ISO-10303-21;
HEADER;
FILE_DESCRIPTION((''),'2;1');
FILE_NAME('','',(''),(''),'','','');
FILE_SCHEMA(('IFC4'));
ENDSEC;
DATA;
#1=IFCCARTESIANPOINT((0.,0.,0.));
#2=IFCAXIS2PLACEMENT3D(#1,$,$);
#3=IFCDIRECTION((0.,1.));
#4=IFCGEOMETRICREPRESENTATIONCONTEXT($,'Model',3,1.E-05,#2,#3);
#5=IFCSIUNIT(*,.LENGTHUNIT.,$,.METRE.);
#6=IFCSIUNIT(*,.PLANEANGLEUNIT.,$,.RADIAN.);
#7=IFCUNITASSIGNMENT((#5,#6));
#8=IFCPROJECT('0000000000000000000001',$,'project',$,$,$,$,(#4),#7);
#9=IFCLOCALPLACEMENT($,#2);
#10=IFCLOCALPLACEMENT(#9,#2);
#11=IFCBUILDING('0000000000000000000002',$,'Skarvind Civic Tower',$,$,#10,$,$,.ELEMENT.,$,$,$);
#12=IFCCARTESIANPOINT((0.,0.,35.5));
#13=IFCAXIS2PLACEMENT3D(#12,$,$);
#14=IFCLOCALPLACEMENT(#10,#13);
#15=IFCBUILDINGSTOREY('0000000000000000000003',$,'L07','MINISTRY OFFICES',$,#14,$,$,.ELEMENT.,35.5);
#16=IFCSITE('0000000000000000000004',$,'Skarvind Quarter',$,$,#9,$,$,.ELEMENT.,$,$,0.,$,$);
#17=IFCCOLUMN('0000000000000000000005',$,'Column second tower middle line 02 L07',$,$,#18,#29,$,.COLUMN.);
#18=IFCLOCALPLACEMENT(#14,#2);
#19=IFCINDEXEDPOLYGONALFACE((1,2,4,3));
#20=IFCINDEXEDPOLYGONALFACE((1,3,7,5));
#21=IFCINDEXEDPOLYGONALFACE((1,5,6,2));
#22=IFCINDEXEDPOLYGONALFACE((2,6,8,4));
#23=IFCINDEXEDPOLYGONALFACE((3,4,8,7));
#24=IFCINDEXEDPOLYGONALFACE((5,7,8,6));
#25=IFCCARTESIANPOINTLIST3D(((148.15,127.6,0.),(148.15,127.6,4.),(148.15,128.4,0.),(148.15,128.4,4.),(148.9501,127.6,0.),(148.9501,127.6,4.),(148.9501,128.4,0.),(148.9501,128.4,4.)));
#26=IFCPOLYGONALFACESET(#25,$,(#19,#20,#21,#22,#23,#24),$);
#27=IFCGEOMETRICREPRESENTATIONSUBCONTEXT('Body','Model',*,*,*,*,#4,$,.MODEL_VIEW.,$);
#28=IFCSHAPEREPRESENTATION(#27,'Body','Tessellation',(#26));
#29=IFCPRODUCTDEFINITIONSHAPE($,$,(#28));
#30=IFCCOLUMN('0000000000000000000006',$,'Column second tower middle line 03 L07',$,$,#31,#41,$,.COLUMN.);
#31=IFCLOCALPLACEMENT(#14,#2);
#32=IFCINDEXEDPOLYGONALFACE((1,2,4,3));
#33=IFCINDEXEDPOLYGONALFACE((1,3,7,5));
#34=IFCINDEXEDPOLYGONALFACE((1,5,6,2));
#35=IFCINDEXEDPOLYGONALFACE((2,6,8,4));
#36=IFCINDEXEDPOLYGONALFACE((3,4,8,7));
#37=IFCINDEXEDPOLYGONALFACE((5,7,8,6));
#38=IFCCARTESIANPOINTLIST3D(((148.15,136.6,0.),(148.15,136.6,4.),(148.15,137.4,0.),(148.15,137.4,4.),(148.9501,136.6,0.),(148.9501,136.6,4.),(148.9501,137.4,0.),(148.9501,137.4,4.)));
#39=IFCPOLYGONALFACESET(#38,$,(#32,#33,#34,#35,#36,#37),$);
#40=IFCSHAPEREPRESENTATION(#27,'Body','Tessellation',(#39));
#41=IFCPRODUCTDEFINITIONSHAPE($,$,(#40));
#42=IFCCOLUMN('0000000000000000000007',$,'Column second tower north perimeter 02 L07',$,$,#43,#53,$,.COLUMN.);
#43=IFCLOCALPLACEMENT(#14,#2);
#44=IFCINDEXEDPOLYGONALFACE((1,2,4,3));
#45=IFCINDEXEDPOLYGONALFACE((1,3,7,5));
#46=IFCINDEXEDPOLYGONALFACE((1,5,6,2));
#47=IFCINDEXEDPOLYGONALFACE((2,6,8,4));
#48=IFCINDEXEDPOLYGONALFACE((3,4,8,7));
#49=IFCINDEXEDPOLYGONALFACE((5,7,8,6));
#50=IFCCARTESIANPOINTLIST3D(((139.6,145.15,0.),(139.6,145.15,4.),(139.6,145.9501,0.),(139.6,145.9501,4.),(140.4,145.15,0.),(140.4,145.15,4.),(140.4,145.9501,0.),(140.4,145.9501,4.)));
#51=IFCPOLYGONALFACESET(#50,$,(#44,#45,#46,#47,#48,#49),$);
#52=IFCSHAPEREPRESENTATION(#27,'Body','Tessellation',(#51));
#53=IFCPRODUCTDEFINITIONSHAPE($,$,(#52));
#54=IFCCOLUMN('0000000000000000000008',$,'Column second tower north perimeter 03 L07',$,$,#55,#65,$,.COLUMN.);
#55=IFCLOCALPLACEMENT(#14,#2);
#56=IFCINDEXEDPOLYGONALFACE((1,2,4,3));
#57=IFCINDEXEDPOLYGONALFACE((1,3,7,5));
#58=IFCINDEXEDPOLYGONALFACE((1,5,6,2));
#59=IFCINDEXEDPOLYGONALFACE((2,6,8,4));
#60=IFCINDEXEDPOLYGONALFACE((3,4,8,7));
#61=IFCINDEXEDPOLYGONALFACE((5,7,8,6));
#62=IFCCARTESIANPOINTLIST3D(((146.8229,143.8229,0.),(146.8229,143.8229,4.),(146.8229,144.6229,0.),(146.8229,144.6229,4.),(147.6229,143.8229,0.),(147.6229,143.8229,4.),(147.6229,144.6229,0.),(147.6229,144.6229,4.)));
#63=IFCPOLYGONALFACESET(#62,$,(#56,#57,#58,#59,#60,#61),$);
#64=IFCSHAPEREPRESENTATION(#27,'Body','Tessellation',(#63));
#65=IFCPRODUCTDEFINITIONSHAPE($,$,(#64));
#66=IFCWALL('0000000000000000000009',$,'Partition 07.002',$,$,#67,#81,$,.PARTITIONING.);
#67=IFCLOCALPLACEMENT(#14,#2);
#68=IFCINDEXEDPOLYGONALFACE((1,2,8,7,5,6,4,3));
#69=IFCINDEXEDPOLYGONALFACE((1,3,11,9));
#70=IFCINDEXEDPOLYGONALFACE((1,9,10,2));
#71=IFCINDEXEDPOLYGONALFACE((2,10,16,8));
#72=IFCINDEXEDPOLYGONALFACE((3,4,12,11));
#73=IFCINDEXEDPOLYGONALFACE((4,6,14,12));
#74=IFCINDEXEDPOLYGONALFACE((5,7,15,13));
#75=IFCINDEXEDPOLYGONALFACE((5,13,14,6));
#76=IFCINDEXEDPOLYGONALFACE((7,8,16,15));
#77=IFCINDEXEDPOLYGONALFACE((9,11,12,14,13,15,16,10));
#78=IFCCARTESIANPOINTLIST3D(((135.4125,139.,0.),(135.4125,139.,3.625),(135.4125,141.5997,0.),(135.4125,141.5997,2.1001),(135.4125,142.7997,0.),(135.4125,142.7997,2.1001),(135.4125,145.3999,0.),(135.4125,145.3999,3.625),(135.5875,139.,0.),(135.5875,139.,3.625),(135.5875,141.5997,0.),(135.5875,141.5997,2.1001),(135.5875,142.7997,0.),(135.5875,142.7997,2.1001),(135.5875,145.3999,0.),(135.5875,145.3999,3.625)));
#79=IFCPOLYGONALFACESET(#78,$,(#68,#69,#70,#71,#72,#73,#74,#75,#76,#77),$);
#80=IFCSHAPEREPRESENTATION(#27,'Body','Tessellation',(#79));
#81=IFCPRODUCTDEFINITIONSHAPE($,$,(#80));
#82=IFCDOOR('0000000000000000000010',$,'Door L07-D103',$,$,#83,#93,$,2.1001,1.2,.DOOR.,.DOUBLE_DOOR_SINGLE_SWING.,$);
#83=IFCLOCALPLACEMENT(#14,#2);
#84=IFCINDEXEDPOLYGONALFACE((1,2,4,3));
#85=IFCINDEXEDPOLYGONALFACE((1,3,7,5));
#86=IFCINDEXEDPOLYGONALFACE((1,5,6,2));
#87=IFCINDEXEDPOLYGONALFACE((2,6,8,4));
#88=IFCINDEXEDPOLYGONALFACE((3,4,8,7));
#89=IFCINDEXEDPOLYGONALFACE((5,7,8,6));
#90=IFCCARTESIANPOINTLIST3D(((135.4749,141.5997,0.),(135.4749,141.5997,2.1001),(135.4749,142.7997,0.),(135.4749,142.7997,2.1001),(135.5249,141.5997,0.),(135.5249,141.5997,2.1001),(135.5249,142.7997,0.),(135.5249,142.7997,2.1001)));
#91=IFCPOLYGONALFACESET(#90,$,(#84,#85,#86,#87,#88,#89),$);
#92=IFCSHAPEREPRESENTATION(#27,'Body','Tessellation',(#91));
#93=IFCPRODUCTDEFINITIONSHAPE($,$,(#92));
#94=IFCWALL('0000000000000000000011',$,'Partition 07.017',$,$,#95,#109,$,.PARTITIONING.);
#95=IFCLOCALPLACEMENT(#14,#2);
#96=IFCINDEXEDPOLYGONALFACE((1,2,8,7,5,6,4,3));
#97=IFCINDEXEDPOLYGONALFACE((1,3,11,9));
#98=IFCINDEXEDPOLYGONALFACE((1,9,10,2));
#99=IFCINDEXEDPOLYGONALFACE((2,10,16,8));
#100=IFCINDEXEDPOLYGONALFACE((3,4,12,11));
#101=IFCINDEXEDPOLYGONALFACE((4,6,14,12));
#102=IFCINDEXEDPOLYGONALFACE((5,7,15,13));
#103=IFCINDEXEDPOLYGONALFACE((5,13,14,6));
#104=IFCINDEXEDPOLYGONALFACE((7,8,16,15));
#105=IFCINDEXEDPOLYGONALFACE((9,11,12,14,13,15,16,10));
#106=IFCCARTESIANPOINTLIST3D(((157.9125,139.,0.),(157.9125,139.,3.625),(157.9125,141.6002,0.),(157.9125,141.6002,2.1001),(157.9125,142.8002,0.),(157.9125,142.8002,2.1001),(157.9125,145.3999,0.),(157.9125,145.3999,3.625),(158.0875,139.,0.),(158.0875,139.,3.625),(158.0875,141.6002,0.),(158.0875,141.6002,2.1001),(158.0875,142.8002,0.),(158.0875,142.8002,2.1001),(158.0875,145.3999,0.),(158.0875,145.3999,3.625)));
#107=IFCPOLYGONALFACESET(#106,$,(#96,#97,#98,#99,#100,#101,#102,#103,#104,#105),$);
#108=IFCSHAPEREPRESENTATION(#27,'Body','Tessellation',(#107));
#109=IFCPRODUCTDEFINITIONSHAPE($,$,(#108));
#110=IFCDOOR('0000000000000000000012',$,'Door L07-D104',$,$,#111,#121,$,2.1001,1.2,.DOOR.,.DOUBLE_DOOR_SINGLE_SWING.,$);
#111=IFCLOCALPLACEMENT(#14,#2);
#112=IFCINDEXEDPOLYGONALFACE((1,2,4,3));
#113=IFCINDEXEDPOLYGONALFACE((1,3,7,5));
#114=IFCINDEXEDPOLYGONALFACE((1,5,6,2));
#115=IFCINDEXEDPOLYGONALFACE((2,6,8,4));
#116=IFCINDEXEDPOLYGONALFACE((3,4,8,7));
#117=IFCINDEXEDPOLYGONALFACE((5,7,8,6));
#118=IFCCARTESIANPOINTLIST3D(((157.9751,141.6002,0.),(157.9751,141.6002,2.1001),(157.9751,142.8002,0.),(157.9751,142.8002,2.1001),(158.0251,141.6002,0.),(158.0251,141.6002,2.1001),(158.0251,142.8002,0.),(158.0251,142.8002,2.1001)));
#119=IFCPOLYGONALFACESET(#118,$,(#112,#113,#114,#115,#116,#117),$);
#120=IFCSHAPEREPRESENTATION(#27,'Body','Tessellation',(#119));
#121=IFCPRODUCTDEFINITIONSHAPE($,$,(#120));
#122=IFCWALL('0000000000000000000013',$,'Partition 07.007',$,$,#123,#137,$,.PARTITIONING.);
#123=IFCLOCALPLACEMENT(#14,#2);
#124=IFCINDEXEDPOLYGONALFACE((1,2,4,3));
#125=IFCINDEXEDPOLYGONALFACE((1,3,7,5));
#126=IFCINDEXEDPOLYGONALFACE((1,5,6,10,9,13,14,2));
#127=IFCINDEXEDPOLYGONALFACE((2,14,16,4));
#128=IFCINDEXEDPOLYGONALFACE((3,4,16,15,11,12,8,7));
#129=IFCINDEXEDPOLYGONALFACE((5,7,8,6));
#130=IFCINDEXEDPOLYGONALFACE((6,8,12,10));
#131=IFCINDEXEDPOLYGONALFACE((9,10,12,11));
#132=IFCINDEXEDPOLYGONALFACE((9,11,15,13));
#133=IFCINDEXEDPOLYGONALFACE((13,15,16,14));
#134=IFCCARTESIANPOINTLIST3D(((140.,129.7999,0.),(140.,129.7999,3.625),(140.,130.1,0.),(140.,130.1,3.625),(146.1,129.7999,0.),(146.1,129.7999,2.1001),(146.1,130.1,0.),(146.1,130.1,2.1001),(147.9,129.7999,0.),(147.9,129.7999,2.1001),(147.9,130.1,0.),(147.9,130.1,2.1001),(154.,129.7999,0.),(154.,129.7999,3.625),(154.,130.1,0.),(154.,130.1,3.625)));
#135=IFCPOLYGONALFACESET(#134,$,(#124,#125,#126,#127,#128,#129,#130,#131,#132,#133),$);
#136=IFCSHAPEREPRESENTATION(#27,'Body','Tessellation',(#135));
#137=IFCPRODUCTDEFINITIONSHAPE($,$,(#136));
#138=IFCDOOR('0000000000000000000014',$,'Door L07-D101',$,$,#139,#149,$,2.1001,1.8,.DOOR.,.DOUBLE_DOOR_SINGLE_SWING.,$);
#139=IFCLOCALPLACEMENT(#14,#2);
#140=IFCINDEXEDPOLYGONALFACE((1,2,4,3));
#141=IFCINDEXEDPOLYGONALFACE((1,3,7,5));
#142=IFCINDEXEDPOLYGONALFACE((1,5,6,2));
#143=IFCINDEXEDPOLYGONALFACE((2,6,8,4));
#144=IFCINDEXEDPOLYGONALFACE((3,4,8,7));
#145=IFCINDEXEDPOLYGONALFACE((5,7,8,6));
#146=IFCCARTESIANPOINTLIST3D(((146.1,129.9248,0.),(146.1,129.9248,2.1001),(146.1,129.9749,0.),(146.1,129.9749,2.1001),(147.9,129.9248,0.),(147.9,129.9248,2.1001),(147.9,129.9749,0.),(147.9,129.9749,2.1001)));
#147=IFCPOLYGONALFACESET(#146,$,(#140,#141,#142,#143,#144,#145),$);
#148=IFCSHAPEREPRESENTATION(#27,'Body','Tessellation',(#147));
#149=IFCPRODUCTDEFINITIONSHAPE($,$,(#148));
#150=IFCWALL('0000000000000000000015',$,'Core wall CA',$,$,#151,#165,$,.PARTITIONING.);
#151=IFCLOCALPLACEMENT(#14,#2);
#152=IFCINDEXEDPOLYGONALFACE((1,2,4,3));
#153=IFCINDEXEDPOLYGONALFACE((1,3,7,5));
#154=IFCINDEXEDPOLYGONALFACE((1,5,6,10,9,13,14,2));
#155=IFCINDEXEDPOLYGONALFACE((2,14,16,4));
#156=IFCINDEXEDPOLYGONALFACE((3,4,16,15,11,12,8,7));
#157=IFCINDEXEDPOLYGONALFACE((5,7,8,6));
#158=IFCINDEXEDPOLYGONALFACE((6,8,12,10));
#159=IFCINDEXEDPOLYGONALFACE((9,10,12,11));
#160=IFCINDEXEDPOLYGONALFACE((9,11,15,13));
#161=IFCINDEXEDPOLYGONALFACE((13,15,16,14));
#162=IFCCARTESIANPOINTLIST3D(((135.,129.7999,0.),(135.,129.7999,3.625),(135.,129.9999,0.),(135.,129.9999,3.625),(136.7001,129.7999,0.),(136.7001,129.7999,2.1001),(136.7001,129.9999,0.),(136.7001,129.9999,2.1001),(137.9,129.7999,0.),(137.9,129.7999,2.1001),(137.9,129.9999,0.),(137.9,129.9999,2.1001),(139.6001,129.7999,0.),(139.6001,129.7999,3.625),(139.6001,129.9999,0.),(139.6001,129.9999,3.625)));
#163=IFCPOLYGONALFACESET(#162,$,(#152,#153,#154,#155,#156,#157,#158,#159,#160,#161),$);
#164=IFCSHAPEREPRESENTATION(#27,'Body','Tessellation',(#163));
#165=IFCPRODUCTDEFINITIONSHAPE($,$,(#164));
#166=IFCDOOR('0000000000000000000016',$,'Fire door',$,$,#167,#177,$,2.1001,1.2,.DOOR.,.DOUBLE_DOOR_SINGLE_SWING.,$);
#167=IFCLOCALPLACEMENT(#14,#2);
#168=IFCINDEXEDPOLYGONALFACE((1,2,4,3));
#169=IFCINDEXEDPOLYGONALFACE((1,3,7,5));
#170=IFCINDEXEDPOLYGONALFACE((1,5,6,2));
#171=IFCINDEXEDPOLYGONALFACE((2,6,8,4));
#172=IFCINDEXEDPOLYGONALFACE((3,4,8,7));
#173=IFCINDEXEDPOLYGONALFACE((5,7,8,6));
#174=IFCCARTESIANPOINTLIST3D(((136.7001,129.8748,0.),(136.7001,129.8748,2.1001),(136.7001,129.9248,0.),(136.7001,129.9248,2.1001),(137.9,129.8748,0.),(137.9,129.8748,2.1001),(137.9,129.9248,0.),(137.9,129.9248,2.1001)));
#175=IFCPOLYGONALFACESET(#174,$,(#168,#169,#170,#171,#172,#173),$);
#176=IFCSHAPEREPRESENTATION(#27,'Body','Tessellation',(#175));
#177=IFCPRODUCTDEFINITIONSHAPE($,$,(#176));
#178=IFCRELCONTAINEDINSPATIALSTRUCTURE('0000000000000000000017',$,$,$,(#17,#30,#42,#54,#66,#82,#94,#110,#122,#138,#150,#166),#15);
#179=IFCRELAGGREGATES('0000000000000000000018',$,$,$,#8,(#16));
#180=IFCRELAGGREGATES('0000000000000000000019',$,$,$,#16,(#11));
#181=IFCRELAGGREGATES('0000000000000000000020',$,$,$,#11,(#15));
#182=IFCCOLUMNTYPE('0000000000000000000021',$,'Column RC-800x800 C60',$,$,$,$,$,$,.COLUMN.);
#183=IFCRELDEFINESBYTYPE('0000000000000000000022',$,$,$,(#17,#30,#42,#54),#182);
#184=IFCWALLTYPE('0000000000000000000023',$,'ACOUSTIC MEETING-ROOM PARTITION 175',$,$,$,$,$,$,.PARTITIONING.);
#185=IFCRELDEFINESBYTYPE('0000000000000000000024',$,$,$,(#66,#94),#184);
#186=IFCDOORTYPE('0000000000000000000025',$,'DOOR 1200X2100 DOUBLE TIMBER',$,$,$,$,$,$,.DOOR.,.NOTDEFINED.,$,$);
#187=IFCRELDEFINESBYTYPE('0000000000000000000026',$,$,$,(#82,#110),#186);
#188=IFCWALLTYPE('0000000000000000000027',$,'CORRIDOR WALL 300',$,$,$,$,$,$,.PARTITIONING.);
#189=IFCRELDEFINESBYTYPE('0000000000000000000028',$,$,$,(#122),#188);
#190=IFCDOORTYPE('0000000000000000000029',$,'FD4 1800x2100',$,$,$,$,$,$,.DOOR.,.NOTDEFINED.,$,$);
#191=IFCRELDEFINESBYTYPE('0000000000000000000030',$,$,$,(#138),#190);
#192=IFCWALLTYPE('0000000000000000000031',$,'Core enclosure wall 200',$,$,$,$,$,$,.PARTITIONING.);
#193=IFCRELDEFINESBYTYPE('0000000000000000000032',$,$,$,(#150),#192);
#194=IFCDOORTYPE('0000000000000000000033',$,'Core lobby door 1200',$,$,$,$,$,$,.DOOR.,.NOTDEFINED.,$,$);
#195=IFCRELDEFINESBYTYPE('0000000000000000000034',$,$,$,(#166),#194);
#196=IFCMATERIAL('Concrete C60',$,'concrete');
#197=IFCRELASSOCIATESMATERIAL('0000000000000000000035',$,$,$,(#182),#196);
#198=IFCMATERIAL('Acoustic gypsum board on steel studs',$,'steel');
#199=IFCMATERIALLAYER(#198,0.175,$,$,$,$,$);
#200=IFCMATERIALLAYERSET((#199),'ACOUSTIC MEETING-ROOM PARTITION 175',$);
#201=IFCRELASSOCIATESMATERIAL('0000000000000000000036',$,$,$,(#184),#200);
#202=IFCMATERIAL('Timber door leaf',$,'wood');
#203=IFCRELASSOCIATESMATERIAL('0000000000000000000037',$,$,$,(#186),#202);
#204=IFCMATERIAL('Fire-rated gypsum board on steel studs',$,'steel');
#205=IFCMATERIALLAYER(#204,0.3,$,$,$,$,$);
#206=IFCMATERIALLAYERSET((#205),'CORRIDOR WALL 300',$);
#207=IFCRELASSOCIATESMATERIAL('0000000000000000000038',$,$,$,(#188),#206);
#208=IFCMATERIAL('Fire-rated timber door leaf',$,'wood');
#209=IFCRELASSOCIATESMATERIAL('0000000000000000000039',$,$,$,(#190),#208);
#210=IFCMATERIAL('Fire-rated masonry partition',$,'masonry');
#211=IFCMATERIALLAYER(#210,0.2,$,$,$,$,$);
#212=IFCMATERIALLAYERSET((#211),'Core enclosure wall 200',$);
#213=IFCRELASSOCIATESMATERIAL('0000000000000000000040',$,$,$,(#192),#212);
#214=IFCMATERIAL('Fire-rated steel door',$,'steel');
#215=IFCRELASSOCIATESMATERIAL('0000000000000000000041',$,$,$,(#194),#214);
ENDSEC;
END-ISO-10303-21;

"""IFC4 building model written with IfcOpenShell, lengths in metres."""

from ifc_helpers import new_model, si_unit, direction, frame, frame_2d, origin, origin_2d, place, context, subcontext, project, spatial, rectangle, extrude, material, layer, layer_set, material_profile, profile_set, type_object, element, fill, save


model = new_model("IFC4")

# Units and contexts
model_context = context("Model", 3, precision=1e-05, world=origin(), true_north=direction((0.0, 1.0)))
body_context = subcontext(model_context, "Body", "Model", "MODEL_VIEW")
ifc_project = project(units=[si_unit("LENGTHUNIT", "METRE"), si_unit("PLANEANGLEUNIT", "RADIAN")], contexts=[model_context])

# Site, building, storey
site_placement = place(None, origin())
site = spatial("IfcSite", under=ifc_project, at=site_placement, Name="Skarvind Quarter", CompositionType="ELEMENT", RefElevation=0.0)
building_placement = place(site_placement, origin())
building = spatial("IfcBuilding", under=site, at=building_placement, Name="Skarvind Civic Tower", CompositionType="ELEMENT")
storey_placement = place(building_placement, frame((0.0, 0.0, 35.5)))
storey = spatial("IfcBuildingStorey", under=building, at=storey_placement, Name="L07", Description="MINISTRY OFFICES", CompositionType="ELEMENT", Elevation=35.5)

# Columns
ifc_material_1 = material(Name="Concrete C60", Category="concrete")
ifc_material_profile = material_profile(ifc_material_1, rectangle(XDim=0.8, YDim=0.8, at=origin_2d()), Name="RC-800x800")
ifc_profile_set = profile_set([ifc_material_profile], Name="Concrete C60")
column_type = type_object("IfcColumnType", Name="Column RC-800x800 C60", PredefinedType="COLUMN", material=ifc_profile_set)
for number, where, z_axis, x_axis, name in (
    (1, (148.55, 128.0, 0.0), (0.0, 0.0, 1.0), (1.0, 0.0, 0.0), "Column second tower middle line 02 L07"),
    (2, (148.55, 137.0, 0.0), (0.0, 0.0, 1.0), (1.0, 0.0, 0.0), "Column second tower middle line 03 L07"),
    (3, (140.0, 145.55, 0.0), (0.0, 0.0, 1.0), (1.0, 0.0, 0.0), "Column second tower north perimeter 02 L07"),
    (4, (147.2229, 144.2229, 0.0), (0.0, 0.0, 1.0), (1.0, 0.0, 0.0), "Column second tower north perimeter 03 L07"),
):
    element("IfcColumn", number, at=place(storey_placement, frame(where, z_axis=z_axis, x_axis=x_axis)), inside=storey, type_object=column_type, Name=name, PredefinedType="COLUMN", context=body_context, shape_type="SweptSolid", body=[
        extrude(rectangle(XDim=0.8, YDim=0.8, at=origin_2d()), origin(), (0.0, 0.0, 1.0), 4.0),
    ])

# Walls, openings, doors
ifc_material_2 = material(Name="Acoustic gypsum board on steel studs", Category="steel")
ifc_layer_1 = layer(ifc_material_2, 0.175)
ifc_layer_set_1 = layer_set([ifc_layer_1], Name="ACOUSTIC MEETING-ROOM PARTITION 175")
wall_type_1 = type_object("IfcWallType", Name="ACOUSTIC MEETING-ROOM PARTITION 175", PredefinedType="PARTITIONING", material=ifc_layer_set_1)
wall_1_placement = place(storey_placement, frame((135.5, 145.3999, 0.0), z_axis=(0.0, 0.0, 1.0), x_axis=(0.0, -1.0, 0.0)))
wall_1 = element("IfcWall", 5, at=wall_1_placement, inside=storey, type_object=wall_type_1, Name="Partition 07.002", PredefinedType="PARTITIONING", context=body_context, shape_type="SweptSolid", body=[
    extrude(rectangle(XDim=6.3999, YDim=0.175, at=frame_2d((3.2, 0.0))), origin(), (0.0, 0.0, 1.0), 3.625),
])
opening_1_placement = place(wall_1_placement, frame((2.6001, 0.0, 0.0)))
opening_1 = element("IfcOpeningElement", 6, at=opening_1_placement, cuts=wall_1, PredefinedType="OPENING", context=body_context, shape_type="SweptSolid", body=[
    extrude(rectangle(XDim=1.2, YDim=2.1001, at=frame_2d((0.6001, 1.05))), frame((0.0, 0.0974, 0.0), z_axis=(0.0, -1.0, 0.0), x_axis=(1.0, 0.0, 0.0)), (0.0, 0.0, 1.0), 0.1951),
])
ifc_material_3 = material(Name="Timber door leaf", Category="wood")
door_type_1 = type_object("IfcDoorType", Name="DOOR 1200X2100 DOUBLE TIMBER", OperationType="NOTDEFINED", PredefinedType="DOOR", material=ifc_material_3)
door_1_placement = place(opening_1_placement, origin())
door_1 = element("IfcDoor", 7, at=door_1_placement, inside=storey, type_object=door_type_1, Name="Door L07-D103", OperationType="DOUBLE_DOOR_SINGLE_SWING", OverallHeight=2.1001, OverallWidth=1.2, PredefinedType="DOOR", context=body_context, shape_type="SweptSolid", body=[
    extrude(rectangle(XDim=1.2, YDim=2.1001, at=frame_2d((0.6001, 1.05))), frame((0.0, 0.0249, 0.0), z_axis=(0.0, -1.0, 0.0), x_axis=(1.0, 0.0, 0.0)), (0.0, 0.0, 1.0), 0.05),
])
fill(opening_1, door_1)
wall_2_placement = place(storey_placement, frame((158.0, 139.0, 0.0), z_axis=(0.0, 0.0, 1.0), x_axis=(0.0, 1.0, 0.0)))
wall_2 = element("IfcWall", 8, at=wall_2_placement, inside=storey, type_object=wall_type_1, Name="Partition 07.017", PredefinedType="PARTITIONING", context=body_context, shape_type="SweptSolid", body=[
    extrude(rectangle(XDim=6.3999, YDim=0.175, at=frame_2d((3.2, 0.0))), origin(), (0.0, 0.0, 1.0), 3.625),
])
opening_2_placement = place(wall_2_placement, frame((2.6001, 0.0, 0.0)))
opening_2 = element("IfcOpeningElement", 9, at=opening_2_placement, cuts=wall_2, PredefinedType="OPENING", context=body_context, shape_type="SweptSolid", body=[
    extrude(rectangle(XDim=1.2, YDim=2.1001, at=frame_2d((0.6001, 1.05))), frame((0.0, 0.0974, 0.0), z_axis=(0.0, -1.0, 0.0), x_axis=(1.0, 0.0, 0.0)), (0.0, 0.0, 1.0), 0.1951),
])
door_2_placement = place(opening_2_placement, origin())
door_2 = element("IfcDoor", 10, at=door_2_placement, inside=storey, type_object=door_type_1, Name="Door L07-D104", OperationType="DOUBLE_DOOR_SINGLE_SWING", OverallHeight=2.1001, OverallWidth=1.2, PredefinedType="DOOR", context=body_context, shape_type="SweptSolid", body=[
    extrude(rectangle(XDim=1.2, YDim=2.1001, at=frame_2d((0.6001, 1.05))), frame((0.0, 0.0249, 0.0), z_axis=(0.0, -1.0, 0.0), x_axis=(1.0, 0.0, 0.0)), (0.0, 0.0, 1.0), 0.05),
])
fill(opening_2, door_2)
ifc_material_4 = material(Name="Fire-rated gypsum board on steel studs", Category="steel")
ifc_layer_2 = layer(ifc_material_4, 0.3)
ifc_layer_set_2 = layer_set([ifc_layer_2], Name="CORRIDOR WALL 300")
wall_type_2 = type_object("IfcWallType", Name="CORRIDOR WALL 300", PredefinedType="PARTITIONING", material=ifc_layer_set_2)
wall_3_placement = place(storey_placement, frame((140.0, 129.95, 0.0), z_axis=(0.0, 0.0, 1.0), x_axis=(1.0, 0.0, 0.0)))
wall_3 = element("IfcWall", 11, at=wall_3_placement, inside=storey, type_object=wall_type_2, Name="Partition 07.007", PredefinedType="PARTITIONING", context=body_context, shape_type="SweptSolid", body=[
    extrude(rectangle(XDim=14.0, YDim=0.3, at=frame_2d((7.0, 0.0))), origin(), (0.0, 0.0, 1.0), 3.625),
])
opening_3_placement = place(wall_3_placement, frame((6.1001, 0.0, 0.0)))
opening_3 = element("IfcOpeningElement", 12, at=opening_3_placement, cuts=wall_3, PredefinedType="OPENING", context=body_context, shape_type="SweptSolid", body=[
    extrude(rectangle(XDim=1.8, YDim=2.1001, at=frame_2d((0.8999, 1.05))), frame((0.0, 0.1599, 0.0), z_axis=(0.0, -1.0, 0.0), x_axis=(1.0, 0.0, 0.0)), (0.0, 0.0, 1.0), 0.3201),
])
ifc_material_5 = material(Name="Fire-rated timber door leaf", Category="wood")
door_type_2 = type_object("IfcDoorType", Name="FD4 1800x2100", OperationType="NOTDEFINED", PredefinedType="DOOR", material=ifc_material_5)
door_3_placement = place(opening_3_placement, origin())
door_3 = element("IfcDoor", 13, at=door_3_placement, inside=storey, type_object=door_type_2, Name="Door L07-D101", OperationType="DOUBLE_DOOR_SINGLE_SWING", OverallHeight=2.1001, OverallWidth=1.8, PredefinedType="DOOR", context=body_context, shape_type="SweptSolid", body=[
    extrude(rectangle(XDim=1.8, YDim=2.1001, at=frame_2d((0.8999, 1.05))), frame((0.0, 0.0249, 0.0), z_axis=(0.0, -1.0, 0.0), x_axis=(1.0, 0.0, 0.0)), (0.0, 0.0, 1.0), 0.05),
])
fill(opening_3, door_3)
ifc_material_6 = material(Name="Fire-rated masonry partition", Category="masonry")
ifc_layer_3 = layer(ifc_material_6, 0.2)
ifc_layer_set_3 = layer_set([ifc_layer_3], Name="Core enclosure wall 200")
wall_type_3 = type_object("IfcWallType", Name="Core enclosure wall 200", PredefinedType="PARTITIONING", material=ifc_layer_set_3)
wall_4_placement = place(storey_placement, frame((135.0, 129.8999, 0.0), z_axis=(0.0, 0.0, 1.0), x_axis=(1.0, 0.0, 0.0)))
wall_4 = element("IfcWall", 14, at=wall_4_placement, inside=storey, type_object=wall_type_3, Name="Core wall CA", PredefinedType="PARTITIONING", context=body_context, shape_type="SweptSolid", body=[
    extrude(rectangle(XDim=4.6001, YDim=0.2, at=frame_2d((2.3, 0.0))), origin(), (0.0, 0.0, 1.0), 3.625),
])
opening_4_placement = place(wall_4_placement, frame((1.7, 0.0, 0.0)))
opening_4 = element("IfcOpeningElement", 15, at=opening_4_placement, cuts=wall_4, PredefinedType="OPENING", context=body_context, shape_type="SweptSolid", body=[
    extrude(rectangle(XDim=1.2, YDim=2.1001, at=frame_2d((0.6001, 1.05))), frame((0.0, 0.1099, 0.0), z_axis=(0.0, -1.0, 0.0), x_axis=(1.0, 0.0, 0.0)), (0.0, 0.0, 1.0), 0.22),
])
ifc_material_7 = material(Name="Fire-rated steel door", Category="steel")
door_type_3 = type_object("IfcDoorType", Name="Core lobby door 1200", OperationType="NOTDEFINED", PredefinedType="DOOR", material=ifc_material_7)
door_4_placement = place(opening_4_placement, origin())
door_4 = element("IfcDoor", 16, at=door_4_placement, inside=storey, type_object=door_type_3, Name="Fire door", OperationType="DOUBLE_DOOR_SINGLE_SWING", OverallHeight=2.1001, OverallWidth=1.2, PredefinedType="DOOR", context=body_context, shape_type="SweptSolid", body=[
    extrude(rectangle(XDim=1.2, YDim=2.1001, at=frame_2d((0.6001, 1.05))), frame((0.0, 0.0249, 0.0), z_axis=(0.0, -1.0, 0.0), x_axis=(1.0, 0.0, 0.0)), (0.0, 0.0, 1.0), 0.05),
])
fill(opening_4, door_4)

save(model, "model.ifc")
